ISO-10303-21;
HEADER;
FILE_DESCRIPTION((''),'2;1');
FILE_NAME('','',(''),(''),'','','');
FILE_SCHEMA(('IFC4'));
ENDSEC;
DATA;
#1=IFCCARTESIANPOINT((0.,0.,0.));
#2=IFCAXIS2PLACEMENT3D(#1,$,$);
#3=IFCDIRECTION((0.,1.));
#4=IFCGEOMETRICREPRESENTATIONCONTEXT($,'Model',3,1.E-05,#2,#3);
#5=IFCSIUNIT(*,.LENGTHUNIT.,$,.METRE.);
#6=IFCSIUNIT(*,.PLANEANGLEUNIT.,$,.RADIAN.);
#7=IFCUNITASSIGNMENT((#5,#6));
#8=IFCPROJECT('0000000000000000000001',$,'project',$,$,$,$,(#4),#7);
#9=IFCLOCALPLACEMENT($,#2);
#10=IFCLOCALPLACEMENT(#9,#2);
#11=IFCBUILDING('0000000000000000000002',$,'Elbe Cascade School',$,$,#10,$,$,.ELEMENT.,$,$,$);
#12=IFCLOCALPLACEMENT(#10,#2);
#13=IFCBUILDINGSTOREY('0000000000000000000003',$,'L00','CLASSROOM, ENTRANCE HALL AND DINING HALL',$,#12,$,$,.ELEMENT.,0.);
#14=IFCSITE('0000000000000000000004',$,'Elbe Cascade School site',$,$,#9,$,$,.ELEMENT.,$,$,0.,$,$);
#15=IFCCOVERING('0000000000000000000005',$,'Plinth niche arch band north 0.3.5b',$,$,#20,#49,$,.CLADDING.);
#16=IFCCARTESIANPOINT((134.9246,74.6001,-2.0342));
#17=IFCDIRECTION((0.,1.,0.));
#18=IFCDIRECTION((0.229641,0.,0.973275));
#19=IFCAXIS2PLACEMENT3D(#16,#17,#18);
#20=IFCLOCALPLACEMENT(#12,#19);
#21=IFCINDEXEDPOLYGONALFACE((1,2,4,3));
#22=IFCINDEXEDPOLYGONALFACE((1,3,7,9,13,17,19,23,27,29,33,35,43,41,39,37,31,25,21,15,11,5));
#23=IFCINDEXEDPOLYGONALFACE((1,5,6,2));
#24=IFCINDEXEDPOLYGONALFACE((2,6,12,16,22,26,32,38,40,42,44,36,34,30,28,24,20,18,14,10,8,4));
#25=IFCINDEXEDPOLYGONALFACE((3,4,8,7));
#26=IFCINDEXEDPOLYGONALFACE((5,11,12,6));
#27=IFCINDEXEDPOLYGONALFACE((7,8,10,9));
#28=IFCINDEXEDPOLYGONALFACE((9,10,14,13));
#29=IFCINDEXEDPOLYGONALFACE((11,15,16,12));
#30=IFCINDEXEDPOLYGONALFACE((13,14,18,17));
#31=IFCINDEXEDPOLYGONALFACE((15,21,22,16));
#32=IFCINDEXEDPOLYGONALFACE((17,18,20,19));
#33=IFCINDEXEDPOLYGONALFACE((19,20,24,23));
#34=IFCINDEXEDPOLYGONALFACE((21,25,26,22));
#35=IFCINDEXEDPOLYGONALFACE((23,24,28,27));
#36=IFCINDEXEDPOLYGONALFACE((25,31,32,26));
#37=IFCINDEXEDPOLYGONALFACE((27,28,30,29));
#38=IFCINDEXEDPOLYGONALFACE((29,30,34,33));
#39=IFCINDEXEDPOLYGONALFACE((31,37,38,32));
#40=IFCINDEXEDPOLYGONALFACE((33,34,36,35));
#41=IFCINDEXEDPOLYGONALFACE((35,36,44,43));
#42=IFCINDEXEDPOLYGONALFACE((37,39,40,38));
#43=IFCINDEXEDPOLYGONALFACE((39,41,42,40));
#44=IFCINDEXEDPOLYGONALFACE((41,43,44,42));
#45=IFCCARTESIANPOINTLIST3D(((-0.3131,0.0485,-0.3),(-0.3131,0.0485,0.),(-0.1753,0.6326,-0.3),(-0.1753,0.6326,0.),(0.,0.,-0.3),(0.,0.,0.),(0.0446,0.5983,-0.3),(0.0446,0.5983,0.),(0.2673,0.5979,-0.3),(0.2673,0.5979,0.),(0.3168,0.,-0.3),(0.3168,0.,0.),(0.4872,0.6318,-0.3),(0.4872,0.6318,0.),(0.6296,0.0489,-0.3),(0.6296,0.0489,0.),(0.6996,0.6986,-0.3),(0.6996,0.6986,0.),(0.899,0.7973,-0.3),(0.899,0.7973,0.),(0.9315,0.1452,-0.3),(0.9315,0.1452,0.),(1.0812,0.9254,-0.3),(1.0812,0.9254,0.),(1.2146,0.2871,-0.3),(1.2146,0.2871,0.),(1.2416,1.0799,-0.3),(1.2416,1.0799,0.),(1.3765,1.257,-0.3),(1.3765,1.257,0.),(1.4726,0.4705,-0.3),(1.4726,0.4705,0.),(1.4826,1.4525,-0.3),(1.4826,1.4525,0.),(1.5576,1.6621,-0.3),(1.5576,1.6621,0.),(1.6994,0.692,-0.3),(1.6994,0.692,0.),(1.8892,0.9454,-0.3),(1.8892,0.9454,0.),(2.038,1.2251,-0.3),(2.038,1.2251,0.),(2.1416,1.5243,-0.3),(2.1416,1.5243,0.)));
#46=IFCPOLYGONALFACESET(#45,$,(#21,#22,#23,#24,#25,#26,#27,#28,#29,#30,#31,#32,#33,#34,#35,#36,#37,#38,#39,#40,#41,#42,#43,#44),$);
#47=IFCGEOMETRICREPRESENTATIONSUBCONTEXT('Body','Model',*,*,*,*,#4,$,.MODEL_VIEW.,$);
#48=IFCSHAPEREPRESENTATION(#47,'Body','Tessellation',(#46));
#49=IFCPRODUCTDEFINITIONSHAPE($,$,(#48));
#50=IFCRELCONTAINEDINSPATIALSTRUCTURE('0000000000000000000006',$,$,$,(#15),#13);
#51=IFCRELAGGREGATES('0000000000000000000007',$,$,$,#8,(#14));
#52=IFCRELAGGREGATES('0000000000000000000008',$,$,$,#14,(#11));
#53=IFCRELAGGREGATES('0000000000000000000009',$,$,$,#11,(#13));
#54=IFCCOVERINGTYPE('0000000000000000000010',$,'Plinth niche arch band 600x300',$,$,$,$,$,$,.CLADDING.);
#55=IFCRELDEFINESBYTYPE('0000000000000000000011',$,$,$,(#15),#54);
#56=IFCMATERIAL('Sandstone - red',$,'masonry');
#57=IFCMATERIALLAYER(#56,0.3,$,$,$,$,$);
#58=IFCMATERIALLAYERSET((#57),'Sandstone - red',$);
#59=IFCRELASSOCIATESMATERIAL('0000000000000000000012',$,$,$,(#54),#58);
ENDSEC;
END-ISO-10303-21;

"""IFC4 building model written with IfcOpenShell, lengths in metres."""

from ifc_helpers import new_model, si_unit, direction, frame, origin, place, context, subcontext, project, spatial, polyline, outline, extrude, material, layer, layer_set, type_object, element, save


model = new_model("IFC4")

# Units and contexts
model_context = context("Model", 3, precision=1e-05, world=origin(), true_north=direction((0.0, 1.0)))
body_context = subcontext(model_context, "Body", "Model", "MODEL_VIEW")
ifc_project = project(units=[si_unit("LENGTHUNIT", "METRE"), si_unit("PLANEANGLEUNIT", "RADIAN")], contexts=[model_context])

# Site, building, storey
site_placement = place(None, origin())
site = spatial("IfcSite", under=ifc_project, at=site_placement, Name="Elbe Cascade School site", CompositionType="ELEMENT", RefElevation=0.0)
building_placement = place(site_placement, origin())
building = spatial("IfcBuilding", under=site, at=building_placement, Name="Elbe Cascade School", CompositionType="ELEMENT")
storey_placement = place(building_placement, origin())
storey = spatial("IfcBuildingStorey", under=building, at=storey_placement, Name="L00", Description="CLASSROOM, ENTRANCE HALL AND DINING HALL", CompositionType="ELEMENT", Elevation=0.0)

# Covering
ifc_material_1 = material(Name="Sandstone - red", Category="masonry")
ifc_layer_1 = layer(ifc_material_1, 0.3)
ifc_layer_set_1 = layer_set([ifc_layer_1], Name="Sandstone - red")
covering_type_1 = type_object("IfcCoveringType", Name="Plinth niche arch band 600x300", PredefinedType="CLADDING", material=ifc_layer_set_1)
covering_1_placement = place(storey_placement, frame((134.9246, 74.6001, -2.0342), z_axis=(0.0, 1.0, 0.0), x_axis=(0.229641, 0.0, 0.973275)))
element("IfcCovering", 1, at=covering_1_placement, inside=storey, type_object=covering_type_1, Name="Plinth niche arch band north 0.3.5b", PredefinedType="CLADDING", context=body_context, shape_type="SweptSolid", body=[
    extrude(outline(polyline([(0.0, 0.0), (0.3168, 0.0), (0.6296, 0.0489), (0.9315, 0.1452), (1.2146, 0.2871), (1.4726, 0.4705), (1.6994, 0.692), (1.8892, 0.9454), (2.038, 1.2251), (2.1416, 1.5243), (1.5576, 1.6621), (1.4826, 1.4525), (1.3765, 1.257), (1.2416, 1.0799), (1.0812, 0.9254), (0.899, 0.7973), (0.6996, 0.6986), (0.4872, 0.6318), (0.2673, 0.5979), (0.0446, 0.5983), (-0.1753, 0.6326), (-0.3131, 0.0485), (0.0, 0.0)])), origin(), (0.0, 0.0, -1.0), 0.3),
])

save(model, "model.ifc")
